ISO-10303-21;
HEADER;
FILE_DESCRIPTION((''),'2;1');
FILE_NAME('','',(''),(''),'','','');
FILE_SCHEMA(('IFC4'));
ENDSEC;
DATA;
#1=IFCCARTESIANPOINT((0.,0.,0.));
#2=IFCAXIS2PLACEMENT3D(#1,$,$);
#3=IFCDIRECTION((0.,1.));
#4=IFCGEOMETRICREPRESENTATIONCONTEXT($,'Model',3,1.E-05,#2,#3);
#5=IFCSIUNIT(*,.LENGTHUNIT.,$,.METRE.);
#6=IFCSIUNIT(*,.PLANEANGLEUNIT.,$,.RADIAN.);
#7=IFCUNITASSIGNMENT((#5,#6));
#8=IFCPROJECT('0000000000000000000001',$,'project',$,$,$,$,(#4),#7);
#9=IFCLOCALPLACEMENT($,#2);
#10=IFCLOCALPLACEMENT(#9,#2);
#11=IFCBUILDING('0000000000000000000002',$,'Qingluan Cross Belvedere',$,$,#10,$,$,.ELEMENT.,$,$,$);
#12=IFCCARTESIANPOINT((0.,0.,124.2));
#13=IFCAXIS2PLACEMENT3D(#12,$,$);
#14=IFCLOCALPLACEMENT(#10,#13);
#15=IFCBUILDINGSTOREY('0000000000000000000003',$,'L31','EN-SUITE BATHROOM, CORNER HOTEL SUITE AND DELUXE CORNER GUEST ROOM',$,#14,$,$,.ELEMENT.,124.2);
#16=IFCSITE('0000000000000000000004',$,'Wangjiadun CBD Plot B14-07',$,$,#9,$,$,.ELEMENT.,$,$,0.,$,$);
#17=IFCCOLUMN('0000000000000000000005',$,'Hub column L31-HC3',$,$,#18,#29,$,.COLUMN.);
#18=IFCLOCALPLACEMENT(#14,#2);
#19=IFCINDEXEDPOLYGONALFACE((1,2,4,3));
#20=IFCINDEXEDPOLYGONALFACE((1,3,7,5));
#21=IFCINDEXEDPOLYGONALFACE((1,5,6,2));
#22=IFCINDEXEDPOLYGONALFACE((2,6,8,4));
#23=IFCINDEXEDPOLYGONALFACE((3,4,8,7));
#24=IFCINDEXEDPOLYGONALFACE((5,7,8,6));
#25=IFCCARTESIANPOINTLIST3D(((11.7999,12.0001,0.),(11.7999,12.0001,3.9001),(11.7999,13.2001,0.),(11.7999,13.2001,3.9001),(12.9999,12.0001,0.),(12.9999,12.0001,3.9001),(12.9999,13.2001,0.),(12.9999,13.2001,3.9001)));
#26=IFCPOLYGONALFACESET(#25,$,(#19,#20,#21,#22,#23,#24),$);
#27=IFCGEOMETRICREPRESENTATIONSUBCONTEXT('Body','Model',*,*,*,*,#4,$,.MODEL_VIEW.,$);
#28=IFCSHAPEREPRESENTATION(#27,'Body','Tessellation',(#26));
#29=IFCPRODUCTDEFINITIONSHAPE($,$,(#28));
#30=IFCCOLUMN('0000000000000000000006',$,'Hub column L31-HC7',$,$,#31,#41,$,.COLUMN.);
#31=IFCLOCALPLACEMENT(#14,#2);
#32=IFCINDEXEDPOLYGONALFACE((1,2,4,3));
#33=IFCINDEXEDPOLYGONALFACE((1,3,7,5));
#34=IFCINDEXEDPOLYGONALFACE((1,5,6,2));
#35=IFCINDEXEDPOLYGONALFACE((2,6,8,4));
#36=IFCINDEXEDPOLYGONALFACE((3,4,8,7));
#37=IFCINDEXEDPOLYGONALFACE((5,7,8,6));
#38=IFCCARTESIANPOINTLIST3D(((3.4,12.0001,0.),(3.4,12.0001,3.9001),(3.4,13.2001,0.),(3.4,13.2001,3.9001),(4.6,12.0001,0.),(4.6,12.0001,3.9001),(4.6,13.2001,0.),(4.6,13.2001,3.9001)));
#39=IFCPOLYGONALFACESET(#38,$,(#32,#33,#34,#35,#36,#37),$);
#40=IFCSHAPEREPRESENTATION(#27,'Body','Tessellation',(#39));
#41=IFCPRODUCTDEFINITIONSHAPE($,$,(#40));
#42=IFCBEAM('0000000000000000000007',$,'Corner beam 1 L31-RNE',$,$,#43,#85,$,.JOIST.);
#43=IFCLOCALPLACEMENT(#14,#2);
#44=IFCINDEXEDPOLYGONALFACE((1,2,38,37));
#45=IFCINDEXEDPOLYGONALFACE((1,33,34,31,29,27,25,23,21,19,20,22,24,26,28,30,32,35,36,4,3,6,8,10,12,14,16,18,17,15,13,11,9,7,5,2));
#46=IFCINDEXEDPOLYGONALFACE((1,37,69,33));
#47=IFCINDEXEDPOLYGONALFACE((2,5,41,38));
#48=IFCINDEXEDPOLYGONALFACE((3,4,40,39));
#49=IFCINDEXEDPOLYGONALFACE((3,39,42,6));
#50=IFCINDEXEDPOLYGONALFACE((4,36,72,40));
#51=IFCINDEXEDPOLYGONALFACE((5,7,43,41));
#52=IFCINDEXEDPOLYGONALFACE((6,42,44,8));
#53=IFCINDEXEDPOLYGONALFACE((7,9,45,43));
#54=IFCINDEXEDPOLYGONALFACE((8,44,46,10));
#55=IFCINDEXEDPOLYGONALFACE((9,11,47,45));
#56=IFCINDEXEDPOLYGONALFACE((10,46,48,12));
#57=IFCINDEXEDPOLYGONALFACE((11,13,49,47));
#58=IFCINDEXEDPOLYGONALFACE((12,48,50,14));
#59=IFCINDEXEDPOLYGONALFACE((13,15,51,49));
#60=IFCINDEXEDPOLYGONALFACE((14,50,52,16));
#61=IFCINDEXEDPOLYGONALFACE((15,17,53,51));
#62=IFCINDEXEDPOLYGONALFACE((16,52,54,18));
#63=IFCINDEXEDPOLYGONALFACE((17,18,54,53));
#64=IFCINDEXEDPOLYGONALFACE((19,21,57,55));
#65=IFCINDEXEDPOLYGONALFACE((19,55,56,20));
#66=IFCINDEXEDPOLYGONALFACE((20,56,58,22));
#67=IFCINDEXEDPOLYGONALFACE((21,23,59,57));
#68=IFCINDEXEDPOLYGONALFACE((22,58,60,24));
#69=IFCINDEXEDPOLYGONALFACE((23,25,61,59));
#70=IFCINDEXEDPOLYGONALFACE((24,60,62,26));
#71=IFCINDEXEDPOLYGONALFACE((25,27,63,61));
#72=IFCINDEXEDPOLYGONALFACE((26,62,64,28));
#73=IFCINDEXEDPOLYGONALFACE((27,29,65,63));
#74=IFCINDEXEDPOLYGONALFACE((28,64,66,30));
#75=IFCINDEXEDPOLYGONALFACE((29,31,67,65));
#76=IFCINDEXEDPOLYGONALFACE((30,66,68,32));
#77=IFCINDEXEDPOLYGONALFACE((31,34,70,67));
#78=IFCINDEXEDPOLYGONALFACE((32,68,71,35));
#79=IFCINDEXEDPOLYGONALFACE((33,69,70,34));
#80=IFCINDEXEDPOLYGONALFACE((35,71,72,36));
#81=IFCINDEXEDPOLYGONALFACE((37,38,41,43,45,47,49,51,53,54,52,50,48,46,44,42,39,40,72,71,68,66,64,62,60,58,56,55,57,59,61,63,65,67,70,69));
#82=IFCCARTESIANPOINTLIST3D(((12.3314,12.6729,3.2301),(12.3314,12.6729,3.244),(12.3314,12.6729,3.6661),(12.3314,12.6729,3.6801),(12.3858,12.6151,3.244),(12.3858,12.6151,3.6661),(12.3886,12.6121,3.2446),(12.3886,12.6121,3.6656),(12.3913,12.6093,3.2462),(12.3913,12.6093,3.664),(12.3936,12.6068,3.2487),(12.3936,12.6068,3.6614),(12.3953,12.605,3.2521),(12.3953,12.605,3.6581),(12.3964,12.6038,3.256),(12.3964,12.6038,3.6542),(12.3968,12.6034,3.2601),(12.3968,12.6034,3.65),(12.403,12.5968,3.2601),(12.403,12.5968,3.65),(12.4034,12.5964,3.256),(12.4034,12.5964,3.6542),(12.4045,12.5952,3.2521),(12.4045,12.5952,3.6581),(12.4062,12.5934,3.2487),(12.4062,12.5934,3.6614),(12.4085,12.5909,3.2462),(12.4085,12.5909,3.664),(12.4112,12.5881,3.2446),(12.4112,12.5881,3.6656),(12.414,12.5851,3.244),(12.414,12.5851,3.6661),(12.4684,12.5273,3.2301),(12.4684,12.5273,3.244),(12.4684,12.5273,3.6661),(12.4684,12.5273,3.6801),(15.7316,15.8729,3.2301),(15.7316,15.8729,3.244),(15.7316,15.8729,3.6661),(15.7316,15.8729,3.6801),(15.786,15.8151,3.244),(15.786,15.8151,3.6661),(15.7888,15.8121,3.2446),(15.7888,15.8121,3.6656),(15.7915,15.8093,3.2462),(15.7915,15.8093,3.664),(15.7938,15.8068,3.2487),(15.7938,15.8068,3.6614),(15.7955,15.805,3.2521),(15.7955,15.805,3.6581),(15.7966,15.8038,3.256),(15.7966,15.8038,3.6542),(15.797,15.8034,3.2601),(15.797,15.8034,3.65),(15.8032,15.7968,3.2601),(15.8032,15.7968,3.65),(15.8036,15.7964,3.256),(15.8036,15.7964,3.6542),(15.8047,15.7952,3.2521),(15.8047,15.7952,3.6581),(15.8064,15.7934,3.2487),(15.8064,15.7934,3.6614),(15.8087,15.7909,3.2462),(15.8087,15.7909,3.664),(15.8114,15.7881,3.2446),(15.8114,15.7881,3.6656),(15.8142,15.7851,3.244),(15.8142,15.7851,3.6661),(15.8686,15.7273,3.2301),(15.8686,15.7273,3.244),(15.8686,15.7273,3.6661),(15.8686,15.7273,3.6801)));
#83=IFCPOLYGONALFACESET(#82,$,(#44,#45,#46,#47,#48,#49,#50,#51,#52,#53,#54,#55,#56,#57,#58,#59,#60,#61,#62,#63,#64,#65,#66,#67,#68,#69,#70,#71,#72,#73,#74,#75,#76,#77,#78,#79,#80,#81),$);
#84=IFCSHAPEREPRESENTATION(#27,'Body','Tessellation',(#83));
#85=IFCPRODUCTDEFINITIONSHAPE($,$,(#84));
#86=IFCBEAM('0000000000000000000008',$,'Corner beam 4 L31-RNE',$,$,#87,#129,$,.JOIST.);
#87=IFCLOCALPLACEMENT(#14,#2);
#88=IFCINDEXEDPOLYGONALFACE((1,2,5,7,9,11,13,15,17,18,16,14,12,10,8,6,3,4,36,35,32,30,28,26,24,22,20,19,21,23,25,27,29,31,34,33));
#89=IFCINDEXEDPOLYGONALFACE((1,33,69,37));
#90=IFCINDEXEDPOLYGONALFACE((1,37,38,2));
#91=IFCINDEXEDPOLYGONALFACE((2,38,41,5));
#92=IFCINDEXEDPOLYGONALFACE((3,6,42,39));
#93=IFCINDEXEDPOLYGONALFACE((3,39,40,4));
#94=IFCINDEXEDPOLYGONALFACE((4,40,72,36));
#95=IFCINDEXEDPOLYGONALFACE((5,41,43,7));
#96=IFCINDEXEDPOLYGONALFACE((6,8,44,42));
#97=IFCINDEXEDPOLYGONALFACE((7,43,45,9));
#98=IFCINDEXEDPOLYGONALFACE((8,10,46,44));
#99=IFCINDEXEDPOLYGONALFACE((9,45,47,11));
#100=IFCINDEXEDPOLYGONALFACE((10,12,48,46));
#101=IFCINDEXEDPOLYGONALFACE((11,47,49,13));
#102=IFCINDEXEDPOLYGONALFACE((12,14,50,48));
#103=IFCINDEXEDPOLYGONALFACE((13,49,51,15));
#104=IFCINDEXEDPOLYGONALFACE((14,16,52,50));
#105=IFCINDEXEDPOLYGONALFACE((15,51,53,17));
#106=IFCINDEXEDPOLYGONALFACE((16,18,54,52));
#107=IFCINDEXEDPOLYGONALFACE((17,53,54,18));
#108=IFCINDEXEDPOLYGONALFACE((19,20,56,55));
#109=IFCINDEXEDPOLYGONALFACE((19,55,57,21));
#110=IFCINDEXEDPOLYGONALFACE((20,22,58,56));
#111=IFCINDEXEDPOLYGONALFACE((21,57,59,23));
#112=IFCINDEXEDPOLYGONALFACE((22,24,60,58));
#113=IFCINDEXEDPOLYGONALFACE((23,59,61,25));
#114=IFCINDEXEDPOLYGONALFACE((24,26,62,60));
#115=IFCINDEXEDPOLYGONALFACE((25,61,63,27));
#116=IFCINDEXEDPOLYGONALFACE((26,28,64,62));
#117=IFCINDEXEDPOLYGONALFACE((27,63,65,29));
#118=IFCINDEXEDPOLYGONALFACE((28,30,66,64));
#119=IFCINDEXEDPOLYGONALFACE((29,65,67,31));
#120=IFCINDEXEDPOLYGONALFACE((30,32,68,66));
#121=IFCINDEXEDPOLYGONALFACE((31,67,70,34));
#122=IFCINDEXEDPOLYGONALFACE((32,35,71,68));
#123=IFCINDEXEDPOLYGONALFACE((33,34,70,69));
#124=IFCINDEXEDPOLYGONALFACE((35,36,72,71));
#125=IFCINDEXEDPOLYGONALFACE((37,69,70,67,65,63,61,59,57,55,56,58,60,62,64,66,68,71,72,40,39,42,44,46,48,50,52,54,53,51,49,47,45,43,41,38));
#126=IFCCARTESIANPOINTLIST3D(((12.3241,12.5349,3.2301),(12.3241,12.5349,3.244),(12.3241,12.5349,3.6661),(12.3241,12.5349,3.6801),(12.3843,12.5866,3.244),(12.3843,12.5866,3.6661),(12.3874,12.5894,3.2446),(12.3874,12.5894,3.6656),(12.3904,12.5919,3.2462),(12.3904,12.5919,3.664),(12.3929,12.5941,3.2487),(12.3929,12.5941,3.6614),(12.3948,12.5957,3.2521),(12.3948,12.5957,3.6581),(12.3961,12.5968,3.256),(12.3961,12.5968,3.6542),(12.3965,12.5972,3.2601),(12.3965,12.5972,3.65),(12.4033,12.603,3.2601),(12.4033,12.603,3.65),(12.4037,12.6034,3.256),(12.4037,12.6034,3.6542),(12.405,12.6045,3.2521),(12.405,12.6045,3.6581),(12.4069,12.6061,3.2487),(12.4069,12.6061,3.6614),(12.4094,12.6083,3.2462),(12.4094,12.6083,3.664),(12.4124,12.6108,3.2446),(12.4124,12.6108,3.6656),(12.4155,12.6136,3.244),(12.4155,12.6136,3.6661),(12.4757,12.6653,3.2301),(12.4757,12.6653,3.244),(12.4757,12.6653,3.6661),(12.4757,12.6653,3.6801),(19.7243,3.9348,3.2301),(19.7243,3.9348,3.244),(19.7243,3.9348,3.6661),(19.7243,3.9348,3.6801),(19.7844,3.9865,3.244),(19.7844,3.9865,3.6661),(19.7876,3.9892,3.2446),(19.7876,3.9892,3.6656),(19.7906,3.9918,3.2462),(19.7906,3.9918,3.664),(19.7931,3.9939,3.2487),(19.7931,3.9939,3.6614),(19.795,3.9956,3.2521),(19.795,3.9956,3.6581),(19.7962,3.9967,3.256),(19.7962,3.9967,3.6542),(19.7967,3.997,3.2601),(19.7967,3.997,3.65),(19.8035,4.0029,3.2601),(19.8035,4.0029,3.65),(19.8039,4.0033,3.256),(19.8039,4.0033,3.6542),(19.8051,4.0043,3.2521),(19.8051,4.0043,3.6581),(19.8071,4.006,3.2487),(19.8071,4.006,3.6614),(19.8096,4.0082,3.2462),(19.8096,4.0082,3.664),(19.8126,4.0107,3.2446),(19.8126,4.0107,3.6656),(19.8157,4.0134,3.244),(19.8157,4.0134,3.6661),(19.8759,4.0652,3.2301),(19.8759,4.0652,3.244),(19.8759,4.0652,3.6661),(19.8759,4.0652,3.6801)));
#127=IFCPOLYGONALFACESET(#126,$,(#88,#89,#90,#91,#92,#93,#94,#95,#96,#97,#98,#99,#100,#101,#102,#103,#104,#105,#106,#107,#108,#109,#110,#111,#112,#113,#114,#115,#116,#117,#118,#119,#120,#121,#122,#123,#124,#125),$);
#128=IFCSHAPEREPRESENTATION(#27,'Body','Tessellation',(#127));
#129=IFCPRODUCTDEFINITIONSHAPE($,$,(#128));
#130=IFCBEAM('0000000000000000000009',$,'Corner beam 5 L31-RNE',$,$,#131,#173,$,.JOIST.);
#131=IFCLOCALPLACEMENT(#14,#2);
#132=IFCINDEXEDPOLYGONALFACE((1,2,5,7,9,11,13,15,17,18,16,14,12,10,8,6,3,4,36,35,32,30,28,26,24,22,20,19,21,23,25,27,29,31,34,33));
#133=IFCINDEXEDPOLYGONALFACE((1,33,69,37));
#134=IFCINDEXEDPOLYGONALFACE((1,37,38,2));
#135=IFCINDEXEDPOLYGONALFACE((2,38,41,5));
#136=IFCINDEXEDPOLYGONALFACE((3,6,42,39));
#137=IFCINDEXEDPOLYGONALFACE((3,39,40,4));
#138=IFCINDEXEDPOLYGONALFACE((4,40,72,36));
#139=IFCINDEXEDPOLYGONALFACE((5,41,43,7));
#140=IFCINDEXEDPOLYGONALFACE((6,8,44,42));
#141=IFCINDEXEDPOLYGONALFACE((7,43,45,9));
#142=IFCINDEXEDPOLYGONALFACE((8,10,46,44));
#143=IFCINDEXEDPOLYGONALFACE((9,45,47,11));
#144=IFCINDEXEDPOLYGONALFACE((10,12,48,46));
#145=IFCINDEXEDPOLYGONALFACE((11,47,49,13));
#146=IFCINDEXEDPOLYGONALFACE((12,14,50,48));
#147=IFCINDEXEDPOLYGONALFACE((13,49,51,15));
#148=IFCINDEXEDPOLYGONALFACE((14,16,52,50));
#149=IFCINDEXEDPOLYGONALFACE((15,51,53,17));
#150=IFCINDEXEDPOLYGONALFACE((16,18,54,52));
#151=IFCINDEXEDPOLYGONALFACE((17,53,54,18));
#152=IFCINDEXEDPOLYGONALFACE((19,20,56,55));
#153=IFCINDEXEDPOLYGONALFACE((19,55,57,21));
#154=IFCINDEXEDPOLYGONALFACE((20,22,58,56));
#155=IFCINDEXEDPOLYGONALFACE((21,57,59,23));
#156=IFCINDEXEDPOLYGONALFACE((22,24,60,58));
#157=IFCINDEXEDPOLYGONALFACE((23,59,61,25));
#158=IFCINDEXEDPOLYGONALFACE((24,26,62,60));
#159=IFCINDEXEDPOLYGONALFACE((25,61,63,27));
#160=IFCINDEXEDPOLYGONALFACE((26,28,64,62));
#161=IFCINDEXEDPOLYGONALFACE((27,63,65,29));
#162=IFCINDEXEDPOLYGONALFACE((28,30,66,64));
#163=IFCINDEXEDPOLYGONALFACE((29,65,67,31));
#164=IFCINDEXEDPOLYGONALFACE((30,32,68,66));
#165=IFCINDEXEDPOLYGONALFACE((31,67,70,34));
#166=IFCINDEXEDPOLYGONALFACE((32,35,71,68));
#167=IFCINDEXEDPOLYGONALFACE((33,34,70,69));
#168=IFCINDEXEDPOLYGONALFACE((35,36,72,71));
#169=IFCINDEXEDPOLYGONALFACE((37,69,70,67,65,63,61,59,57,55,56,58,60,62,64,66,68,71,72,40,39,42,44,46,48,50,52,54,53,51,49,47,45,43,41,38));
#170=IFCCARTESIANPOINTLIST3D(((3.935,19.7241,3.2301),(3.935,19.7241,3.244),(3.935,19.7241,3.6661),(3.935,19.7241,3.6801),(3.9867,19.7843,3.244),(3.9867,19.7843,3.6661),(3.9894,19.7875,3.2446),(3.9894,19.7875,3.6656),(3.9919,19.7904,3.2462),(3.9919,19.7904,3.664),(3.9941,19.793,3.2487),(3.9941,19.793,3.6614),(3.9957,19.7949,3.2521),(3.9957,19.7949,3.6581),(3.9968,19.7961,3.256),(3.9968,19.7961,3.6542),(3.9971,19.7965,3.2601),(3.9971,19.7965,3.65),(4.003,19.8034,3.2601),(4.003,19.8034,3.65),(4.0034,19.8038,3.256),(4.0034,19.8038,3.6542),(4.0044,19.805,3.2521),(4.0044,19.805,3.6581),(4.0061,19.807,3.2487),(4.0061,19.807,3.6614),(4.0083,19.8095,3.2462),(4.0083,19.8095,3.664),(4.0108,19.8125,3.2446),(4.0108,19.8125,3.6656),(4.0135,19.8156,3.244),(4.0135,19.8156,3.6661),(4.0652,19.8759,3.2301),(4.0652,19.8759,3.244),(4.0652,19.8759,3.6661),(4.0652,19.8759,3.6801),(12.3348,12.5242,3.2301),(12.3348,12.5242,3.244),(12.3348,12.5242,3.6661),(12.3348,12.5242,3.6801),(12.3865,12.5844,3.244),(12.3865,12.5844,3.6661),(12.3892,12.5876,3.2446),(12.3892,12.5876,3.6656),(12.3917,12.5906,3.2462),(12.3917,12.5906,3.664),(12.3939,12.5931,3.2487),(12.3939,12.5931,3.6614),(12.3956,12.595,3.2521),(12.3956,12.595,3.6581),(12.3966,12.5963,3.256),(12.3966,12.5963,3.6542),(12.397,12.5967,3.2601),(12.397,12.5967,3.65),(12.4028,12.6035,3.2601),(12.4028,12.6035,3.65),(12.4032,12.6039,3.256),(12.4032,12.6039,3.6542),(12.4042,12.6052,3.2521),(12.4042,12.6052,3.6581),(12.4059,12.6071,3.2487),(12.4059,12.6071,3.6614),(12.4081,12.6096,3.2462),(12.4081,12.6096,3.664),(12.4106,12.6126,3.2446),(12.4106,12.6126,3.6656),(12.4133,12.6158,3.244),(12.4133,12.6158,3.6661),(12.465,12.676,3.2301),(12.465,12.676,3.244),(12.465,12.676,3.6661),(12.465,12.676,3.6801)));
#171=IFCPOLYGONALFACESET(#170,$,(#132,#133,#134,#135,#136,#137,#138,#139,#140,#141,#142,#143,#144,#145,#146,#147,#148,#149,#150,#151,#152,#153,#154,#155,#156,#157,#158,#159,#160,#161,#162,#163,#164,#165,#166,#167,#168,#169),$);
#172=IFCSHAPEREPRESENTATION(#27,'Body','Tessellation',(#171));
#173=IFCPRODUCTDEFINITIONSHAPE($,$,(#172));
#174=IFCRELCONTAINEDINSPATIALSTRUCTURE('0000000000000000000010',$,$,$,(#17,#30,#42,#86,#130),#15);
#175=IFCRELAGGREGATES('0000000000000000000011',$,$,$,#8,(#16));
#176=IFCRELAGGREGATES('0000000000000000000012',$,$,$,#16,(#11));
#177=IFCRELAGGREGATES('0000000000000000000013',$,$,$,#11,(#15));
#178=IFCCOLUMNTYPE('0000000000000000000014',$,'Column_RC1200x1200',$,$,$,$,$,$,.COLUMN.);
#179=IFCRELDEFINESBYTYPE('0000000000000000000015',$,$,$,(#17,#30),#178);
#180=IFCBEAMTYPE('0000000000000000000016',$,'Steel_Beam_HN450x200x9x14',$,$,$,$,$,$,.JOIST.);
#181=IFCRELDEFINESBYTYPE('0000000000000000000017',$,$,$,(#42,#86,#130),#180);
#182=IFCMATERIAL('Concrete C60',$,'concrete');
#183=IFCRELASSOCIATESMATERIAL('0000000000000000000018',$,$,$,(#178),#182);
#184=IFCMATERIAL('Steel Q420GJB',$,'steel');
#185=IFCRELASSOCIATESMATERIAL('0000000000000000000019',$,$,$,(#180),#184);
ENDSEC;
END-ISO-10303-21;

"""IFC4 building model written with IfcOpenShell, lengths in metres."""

from ifc_helpers import new_model, si_unit, direction, frame, origin, origin_2d, place, context, subcontext, project, spatial, rectangle, i_section, extrude, material, material_profile, profile_set, type_object, element, save


model = new_model("IFC4")

# Units and contexts
model_context = context("Model", 3, precision=1e-05, world=origin(), true_north=direction((0.0, 1.0)))
body_context = subcontext(model_context, "Body", "Model", "MODEL_VIEW")
ifc_project = project(units=[si_unit("LENGTHUNIT", "METRE"), si_unit("PLANEANGLEUNIT", "RADIAN")], contexts=[model_context])

# Site, building, storey
site_placement = place(None, origin())
site = spatial("IfcSite", under=ifc_project, at=site_placement, Name="Wangjiadun CBD Plot B14-07", CompositionType="ELEMENT", RefElevation=0.0)
building_placement = place(site_placement, origin())
building = spatial("IfcBuilding", under=site, at=building_placement, Name="Qingluan Cross Belvedere", CompositionType="ELEMENT")
storey_placement = place(building_placement, frame((0.0, 0.0, 124.2)))
storey = spatial("IfcBuildingStorey", under=building, at=storey_placement, Name="L31", Description="EN-SUITE BATHROOM, CORNER HOTEL SUITE AND DELUXE CORNER GUEST ROOM", CompositionType="ELEMENT", Elevation=124.2)

# Columns
ifc_material_1 = material(Name="Concrete C60", Category="concrete")
ifc_material_profile_1 = material_profile(ifc_material_1, rectangle(XDim=1.2, YDim=1.2, at=origin_2d()), Name="RC1200x1200")
ifc_profile_set_1 = profile_set([ifc_material_profile_1], Name="Concrete C60")
column_type = type_object("IfcColumnType", Name="Column_RC1200x1200", PredefinedType="COLUMN", material=ifc_profile_set_1)
for number, where, z_axis, x_axis, name in (
    (1, (12.3999, 12.6001, 0.0), (0.0, 0.0, 1.0), (1.0, 0.0, 0.0), "Hub column L31-HC3"),
    (2, (4.0, 12.6001, 0.0), (0.0, 0.0, 1.0), (1.0, 0.0, 0.0), "Hub column L31-HC7"),
):
    element("IfcColumn", number, at=place(storey_placement, frame(where, z_axis=z_axis, x_axis=x_axis)), inside=storey, type_object=column_type, Name=name, PredefinedType="COLUMN", context=body_context, shape_type="SweptSolid", body=[
        extrude(rectangle(XDim=1.2, YDim=1.2, at=origin_2d()), origin(), (0.0, 0.0, 1.0), 3.9001),
    ])

# Beams
ifc_material_2 = material(Name="Steel Q420GJB", Category="steel")
ifc_material_profile_2 = material_profile(ifc_material_2, i_section(OverallWidth=0.2, OverallDepth=0.45, WebThickness=0.009, FlangeThickness=0.0139, FilletRadius=0.0161, at=origin_2d()), Name="HN450x200x9x14")
ifc_profile_set_2 = profile_set([ifc_material_profile_2], Name="Steel Q420GJB")
beam_type_1 = type_object("IfcBeamType", Name="Steel_Beam_HN450x200x9x14", PredefinedType="JOIST", material=ifc_profile_set_2)
beam_1_placement = place(storey_placement, frame((12.3999, 12.6001, 3.4551), z_axis=(0.72822, 0.685343, 0.0), x_axis=(-0.685343, 0.72822, 0.0)))
element("IfcBeam", 3, at=beam_1_placement, inside=storey, type_object=beam_type_1, Name="Corner beam 1 L31-RNE", PredefinedType="JOIST", context=body_context, shape_type="SweptSolid", body=[
    extrude(i_section(OverallWidth=0.2, OverallDepth=0.45, WebThickness=0.009, FlangeThickness=0.0139, FilletRadius=0.0161, at=origin_2d()), origin(), (0.0, 0.0, 1.0), 4.6692),
])
beam_2_placement = place(storey_placement, frame((12.3999, 12.6001, 3.4551), z_axis=(0.652245, -0.758008, 0.0), x_axis=(0.758008, 0.652245, 0.0)))
element("IfcBeam", 4, at=beam_2_placement, inside=storey, type_object=beam_type_1, Name="Corner beam 4 L31-RNE", PredefinedType="JOIST", context=body_context, shape_type="SweptSolid", body=[
    extrude(i_section(OverallWidth=0.2, OverallDepth=0.45, WebThickness=0.009, FlangeThickness=0.0139, FilletRadius=0.0161, at=origin_2d()), origin(), (0.0, 0.0, 1.0), 11.3457),
])
beam_3_placement = place(storey_placement, frame((12.3999, 12.6001, 3.4551), z_axis=(-0.759255, 0.650793, 0.0), x_axis=(-0.650793, -0.759255, 0.0)))
element("IfcBeam", 5, at=beam_3_placement, inside=storey, type_object=beam_type_1, Name="Corner beam 5 L31-RNE", PredefinedType="JOIST", context=body_context, shape_type="SweptSolid", body=[
    extrude(i_section(OverallWidth=0.2, OverallDepth=0.45, WebThickness=0.009, FlangeThickness=0.0139, FilletRadius=0.0161, at=origin_2d()), origin(), (0.0, 0.0, 1.0), 11.0632),
])

save(model, "model.ifc")
